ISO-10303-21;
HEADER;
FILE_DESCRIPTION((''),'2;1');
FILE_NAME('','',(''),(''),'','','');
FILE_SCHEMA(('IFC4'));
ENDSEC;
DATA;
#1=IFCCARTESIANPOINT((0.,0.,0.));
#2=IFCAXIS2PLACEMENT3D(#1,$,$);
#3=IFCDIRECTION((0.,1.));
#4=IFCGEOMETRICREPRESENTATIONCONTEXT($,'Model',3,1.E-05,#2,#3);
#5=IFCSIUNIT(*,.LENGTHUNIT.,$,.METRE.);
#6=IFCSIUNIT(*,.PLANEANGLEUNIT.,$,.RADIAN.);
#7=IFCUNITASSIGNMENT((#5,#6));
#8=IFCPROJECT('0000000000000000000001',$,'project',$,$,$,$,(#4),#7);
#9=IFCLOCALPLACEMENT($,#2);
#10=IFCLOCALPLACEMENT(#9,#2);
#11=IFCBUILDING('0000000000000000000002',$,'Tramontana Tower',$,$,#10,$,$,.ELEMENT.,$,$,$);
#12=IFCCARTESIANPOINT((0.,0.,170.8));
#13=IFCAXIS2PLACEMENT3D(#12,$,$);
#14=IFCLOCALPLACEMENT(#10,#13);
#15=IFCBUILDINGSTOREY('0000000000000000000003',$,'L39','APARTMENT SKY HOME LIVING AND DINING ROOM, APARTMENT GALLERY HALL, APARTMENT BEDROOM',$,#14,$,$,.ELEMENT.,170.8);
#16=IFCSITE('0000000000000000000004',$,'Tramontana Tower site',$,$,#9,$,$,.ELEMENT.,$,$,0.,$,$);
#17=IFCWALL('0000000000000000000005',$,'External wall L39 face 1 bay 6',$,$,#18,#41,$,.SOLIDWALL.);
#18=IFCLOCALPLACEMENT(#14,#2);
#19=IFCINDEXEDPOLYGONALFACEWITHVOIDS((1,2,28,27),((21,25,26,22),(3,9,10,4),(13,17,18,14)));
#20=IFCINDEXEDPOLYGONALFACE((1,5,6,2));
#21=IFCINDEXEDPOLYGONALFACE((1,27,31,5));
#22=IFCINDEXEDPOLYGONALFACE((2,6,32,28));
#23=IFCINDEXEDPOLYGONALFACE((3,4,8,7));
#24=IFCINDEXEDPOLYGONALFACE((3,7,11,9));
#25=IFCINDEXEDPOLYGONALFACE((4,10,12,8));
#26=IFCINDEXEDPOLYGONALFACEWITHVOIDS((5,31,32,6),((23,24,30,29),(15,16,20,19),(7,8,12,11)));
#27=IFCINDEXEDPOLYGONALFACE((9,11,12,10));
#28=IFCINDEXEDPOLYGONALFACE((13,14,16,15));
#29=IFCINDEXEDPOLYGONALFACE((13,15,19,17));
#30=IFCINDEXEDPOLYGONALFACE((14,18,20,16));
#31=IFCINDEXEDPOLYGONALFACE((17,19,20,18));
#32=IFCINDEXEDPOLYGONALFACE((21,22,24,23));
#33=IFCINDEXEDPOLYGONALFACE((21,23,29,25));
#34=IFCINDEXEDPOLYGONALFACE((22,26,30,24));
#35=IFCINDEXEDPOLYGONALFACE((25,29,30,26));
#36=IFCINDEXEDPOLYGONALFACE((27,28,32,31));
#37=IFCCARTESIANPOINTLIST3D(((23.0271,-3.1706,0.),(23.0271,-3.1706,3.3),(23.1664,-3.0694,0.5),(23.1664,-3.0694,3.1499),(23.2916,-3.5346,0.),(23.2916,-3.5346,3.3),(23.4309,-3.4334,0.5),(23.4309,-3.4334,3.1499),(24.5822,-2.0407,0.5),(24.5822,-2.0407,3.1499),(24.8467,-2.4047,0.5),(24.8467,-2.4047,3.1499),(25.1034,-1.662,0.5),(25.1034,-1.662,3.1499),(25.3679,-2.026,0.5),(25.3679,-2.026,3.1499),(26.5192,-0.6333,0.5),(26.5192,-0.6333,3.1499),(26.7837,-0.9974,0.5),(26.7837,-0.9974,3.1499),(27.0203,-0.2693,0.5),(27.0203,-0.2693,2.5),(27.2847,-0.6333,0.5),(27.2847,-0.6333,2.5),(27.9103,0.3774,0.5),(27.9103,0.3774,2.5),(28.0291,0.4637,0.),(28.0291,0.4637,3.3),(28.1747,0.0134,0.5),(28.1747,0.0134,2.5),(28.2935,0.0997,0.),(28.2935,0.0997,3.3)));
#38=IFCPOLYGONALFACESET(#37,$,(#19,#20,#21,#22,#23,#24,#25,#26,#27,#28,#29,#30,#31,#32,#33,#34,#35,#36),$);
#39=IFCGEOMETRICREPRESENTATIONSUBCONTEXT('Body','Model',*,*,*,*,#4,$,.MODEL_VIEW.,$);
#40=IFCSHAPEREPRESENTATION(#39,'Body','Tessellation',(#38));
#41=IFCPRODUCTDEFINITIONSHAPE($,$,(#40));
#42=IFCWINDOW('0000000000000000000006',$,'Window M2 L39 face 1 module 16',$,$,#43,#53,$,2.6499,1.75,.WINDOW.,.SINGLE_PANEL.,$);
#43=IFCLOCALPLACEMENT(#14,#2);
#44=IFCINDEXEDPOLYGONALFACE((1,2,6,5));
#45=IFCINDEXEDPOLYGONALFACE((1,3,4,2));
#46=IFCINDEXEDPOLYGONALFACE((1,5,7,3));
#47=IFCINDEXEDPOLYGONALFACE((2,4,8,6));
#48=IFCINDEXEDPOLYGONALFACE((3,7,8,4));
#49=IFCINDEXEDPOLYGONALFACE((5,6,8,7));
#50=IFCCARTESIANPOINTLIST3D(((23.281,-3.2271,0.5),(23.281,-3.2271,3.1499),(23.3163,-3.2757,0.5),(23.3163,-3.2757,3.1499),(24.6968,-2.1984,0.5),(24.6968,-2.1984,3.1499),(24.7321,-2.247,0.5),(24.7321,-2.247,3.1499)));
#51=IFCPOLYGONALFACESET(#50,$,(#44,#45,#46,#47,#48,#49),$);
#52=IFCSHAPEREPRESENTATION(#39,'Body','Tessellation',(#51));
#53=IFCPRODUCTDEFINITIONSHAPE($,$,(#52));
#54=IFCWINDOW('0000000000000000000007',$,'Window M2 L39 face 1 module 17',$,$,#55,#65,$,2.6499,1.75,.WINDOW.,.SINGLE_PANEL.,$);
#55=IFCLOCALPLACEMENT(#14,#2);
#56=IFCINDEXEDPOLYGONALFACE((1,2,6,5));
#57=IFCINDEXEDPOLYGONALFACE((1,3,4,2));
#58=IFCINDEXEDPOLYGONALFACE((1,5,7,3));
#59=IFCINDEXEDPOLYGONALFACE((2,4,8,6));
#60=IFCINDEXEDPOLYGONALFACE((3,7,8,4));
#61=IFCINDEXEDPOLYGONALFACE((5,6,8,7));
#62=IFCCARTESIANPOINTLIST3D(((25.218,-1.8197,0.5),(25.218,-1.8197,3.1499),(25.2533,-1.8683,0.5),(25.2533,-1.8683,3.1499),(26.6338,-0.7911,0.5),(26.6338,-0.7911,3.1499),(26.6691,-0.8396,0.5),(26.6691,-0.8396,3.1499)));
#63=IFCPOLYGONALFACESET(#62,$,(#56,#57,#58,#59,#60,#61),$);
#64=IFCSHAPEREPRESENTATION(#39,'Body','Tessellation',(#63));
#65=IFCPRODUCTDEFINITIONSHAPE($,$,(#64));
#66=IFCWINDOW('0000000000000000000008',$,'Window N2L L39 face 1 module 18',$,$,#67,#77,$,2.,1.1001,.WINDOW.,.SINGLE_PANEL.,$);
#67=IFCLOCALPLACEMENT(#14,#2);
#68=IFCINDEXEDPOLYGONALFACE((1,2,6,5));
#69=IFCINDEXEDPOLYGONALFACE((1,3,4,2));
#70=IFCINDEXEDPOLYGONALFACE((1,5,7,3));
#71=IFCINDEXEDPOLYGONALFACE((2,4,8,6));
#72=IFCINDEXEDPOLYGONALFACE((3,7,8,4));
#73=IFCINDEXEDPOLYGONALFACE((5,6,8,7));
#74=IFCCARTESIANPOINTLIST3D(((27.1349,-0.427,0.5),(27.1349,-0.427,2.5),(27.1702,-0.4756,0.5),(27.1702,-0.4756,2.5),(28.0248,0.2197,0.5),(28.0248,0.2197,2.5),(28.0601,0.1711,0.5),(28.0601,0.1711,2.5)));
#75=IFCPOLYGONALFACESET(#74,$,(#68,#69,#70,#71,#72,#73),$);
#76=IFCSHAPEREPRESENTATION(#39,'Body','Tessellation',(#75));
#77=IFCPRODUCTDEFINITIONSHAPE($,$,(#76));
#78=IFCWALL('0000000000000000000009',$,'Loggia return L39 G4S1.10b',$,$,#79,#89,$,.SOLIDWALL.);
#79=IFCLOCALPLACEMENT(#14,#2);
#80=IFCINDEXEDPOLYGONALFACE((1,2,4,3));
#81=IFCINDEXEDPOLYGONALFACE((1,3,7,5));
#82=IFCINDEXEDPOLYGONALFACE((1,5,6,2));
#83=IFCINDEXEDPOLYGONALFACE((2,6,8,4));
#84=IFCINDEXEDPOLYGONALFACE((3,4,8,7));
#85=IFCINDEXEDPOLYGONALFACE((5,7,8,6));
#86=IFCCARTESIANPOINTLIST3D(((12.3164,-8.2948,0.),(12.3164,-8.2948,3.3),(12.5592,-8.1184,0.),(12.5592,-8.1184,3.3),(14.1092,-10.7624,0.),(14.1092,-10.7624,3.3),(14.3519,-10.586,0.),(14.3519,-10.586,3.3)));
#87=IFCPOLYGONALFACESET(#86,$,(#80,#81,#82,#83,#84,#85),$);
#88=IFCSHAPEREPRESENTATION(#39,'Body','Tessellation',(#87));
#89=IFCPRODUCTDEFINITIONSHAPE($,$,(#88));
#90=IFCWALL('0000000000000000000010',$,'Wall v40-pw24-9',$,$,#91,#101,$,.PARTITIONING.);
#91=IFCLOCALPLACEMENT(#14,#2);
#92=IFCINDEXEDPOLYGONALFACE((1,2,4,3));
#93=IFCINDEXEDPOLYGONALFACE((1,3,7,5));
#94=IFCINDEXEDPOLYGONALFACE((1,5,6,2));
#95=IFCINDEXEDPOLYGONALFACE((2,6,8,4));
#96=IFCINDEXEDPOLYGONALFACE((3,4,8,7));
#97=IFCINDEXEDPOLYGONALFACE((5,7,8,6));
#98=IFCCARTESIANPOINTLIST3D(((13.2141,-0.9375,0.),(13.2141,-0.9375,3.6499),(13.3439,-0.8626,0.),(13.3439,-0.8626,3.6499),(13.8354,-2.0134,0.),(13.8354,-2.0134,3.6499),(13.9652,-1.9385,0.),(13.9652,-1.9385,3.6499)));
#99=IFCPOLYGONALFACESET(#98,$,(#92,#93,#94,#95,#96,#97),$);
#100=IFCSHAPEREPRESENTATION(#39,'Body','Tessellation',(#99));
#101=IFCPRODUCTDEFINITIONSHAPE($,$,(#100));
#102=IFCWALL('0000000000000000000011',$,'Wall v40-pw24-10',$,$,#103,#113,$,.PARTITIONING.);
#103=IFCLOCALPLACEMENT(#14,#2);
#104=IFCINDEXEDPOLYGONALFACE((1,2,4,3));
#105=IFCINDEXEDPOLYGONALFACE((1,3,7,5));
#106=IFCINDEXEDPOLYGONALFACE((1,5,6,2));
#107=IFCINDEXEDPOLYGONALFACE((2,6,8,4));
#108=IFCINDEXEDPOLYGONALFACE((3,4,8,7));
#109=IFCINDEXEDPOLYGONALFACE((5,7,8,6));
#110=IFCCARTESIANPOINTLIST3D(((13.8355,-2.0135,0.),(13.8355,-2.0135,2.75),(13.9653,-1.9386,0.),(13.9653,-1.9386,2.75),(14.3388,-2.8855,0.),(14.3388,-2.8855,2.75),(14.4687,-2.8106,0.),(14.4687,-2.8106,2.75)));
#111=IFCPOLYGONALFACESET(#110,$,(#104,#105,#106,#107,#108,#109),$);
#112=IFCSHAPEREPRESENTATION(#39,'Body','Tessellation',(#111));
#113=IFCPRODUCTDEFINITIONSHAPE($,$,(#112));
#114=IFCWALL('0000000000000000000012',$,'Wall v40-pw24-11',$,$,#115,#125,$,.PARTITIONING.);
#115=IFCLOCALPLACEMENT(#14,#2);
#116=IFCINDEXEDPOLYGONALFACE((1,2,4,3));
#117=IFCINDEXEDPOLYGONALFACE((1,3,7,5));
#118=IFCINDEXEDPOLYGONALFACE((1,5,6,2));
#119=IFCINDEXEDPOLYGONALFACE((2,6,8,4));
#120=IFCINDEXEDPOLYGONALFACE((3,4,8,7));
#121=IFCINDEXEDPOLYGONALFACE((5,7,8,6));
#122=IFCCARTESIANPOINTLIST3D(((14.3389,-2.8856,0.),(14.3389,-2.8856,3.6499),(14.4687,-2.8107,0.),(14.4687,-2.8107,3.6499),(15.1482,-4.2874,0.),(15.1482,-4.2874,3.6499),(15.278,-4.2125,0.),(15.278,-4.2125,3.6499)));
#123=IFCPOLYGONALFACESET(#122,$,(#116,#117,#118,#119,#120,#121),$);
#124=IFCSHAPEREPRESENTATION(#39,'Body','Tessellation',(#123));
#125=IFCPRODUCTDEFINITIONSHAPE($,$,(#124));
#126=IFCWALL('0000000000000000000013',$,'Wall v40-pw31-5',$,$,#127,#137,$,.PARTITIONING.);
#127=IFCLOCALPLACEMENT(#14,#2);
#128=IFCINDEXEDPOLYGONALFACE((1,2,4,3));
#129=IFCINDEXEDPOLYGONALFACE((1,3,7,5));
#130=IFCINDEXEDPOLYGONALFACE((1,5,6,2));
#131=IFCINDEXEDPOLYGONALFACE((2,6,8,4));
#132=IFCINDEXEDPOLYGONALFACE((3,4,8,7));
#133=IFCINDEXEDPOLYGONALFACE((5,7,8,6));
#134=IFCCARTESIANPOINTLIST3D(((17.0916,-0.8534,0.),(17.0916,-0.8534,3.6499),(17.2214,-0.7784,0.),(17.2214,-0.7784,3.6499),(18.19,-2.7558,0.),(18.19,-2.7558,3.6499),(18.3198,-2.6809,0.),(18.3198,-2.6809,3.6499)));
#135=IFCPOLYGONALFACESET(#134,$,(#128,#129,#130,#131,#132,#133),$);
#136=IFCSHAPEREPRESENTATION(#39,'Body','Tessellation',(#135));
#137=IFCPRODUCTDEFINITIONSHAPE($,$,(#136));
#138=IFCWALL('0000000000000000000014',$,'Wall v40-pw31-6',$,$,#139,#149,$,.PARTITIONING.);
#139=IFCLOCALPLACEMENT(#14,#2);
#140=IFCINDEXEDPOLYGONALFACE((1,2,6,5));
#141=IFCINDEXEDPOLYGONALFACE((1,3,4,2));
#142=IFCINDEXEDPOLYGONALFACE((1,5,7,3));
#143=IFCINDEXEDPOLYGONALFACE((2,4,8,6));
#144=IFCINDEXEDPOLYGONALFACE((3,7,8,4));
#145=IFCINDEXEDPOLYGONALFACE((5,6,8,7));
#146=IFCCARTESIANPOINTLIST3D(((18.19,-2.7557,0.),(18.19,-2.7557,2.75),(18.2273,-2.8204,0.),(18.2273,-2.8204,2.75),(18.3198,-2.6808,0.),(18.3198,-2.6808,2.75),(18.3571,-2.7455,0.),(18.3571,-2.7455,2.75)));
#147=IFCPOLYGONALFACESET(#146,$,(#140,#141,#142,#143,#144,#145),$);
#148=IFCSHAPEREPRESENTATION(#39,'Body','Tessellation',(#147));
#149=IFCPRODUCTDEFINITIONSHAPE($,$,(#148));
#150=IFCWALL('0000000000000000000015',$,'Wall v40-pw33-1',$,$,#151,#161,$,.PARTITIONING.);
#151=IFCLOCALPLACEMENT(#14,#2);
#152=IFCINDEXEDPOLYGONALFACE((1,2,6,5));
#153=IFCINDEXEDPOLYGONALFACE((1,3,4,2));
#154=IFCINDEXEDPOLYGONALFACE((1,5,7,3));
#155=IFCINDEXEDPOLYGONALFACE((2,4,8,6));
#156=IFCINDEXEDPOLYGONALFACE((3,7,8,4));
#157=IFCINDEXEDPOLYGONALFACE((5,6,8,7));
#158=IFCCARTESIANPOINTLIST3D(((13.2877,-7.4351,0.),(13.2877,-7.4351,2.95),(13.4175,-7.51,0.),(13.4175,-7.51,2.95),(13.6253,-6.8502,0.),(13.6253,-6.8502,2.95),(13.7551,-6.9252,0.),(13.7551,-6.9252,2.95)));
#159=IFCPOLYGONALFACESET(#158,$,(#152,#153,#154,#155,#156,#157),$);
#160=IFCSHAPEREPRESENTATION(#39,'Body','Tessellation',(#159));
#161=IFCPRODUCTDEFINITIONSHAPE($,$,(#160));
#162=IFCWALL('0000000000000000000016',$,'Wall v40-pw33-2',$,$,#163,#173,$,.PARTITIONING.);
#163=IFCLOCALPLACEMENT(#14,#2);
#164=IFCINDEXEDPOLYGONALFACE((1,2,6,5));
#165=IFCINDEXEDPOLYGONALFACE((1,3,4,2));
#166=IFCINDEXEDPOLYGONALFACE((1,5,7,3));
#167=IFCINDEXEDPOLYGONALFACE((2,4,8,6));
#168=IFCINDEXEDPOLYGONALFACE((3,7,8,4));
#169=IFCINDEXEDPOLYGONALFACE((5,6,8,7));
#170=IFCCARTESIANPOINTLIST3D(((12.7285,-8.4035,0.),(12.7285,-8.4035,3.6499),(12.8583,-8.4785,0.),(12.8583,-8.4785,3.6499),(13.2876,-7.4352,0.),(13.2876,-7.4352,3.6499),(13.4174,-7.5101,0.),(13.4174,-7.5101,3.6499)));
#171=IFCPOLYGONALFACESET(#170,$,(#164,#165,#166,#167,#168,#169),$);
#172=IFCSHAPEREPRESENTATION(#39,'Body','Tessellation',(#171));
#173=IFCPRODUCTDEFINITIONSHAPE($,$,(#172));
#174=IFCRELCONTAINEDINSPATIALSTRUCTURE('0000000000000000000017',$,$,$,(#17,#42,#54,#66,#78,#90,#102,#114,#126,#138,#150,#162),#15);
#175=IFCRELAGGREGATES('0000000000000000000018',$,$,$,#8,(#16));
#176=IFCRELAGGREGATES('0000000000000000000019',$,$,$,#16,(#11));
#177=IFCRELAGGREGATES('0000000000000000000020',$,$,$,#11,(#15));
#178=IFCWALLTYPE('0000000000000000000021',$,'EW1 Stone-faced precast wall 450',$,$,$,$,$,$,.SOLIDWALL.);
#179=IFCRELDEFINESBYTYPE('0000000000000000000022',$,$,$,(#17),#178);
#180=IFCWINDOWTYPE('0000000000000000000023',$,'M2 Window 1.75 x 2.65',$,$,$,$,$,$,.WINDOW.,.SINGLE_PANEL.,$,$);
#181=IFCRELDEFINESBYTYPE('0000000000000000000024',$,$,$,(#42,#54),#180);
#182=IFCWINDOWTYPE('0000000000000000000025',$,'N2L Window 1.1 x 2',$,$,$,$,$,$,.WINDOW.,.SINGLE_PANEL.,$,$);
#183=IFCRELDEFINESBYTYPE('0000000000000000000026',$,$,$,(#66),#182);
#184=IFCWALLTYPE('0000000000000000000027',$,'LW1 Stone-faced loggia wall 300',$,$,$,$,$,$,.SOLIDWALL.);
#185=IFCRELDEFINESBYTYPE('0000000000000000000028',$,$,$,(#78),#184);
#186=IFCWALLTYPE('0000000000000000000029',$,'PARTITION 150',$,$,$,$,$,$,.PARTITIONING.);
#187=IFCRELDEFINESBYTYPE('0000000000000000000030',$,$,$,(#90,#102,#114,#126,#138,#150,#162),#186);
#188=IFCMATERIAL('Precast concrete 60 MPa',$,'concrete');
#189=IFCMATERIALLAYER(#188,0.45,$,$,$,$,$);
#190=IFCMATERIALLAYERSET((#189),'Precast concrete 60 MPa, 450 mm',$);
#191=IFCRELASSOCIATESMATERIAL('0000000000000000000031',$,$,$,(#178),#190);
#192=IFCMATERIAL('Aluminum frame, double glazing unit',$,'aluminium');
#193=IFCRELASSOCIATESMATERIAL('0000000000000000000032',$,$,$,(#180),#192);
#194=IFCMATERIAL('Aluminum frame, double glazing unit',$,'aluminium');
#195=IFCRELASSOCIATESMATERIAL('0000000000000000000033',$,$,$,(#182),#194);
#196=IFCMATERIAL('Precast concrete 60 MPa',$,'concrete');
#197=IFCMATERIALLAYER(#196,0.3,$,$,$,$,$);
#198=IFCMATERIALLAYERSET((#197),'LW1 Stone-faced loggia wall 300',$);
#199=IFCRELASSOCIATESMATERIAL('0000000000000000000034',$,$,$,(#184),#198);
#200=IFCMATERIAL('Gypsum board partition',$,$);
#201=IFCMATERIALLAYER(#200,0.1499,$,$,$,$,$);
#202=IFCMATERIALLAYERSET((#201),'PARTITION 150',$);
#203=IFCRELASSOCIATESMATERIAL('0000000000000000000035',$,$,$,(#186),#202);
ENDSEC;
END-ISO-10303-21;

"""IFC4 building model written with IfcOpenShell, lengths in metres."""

from ifc_helpers import new_model, si_unit, direction, frame, frame_2d, origin, place, context, subcontext, project, spatial, rectangle, extrude, material, layer, layer_set, type_object, element, fill, save


model = new_model("IFC4")

# Units and contexts
model_context = context("Model", 3, precision=1e-05, world=origin(), true_north=direction((0.0, 1.0)))
body_context = subcontext(model_context, "Body", "Model", "MODEL_VIEW")
ifc_project = project(units=[si_unit("LENGTHUNIT", "METRE"), si_unit("PLANEANGLEUNIT", "RADIAN")], contexts=[model_context])

# Site, building, storey
site_placement = place(None, origin())
site = spatial("IfcSite", under=ifc_project, at=site_placement, Name="Tramontana Tower site", CompositionType="ELEMENT", RefElevation=0.0)
building_placement = place(site_placement, origin())
building = spatial("IfcBuilding", under=site, at=building_placement, Name="Tramontana Tower", CompositionType="ELEMENT")
storey_placement = place(building_placement, frame((0.0, 0.0, 170.8)))
storey = spatial("IfcBuildingStorey", under=building, at=storey_placement, Name="L39", Description="APARTMENT SKY HOME LIVING AND DINING ROOM, APARTMENT GALLERY HALL, APARTMENT BEDROOM", CompositionType="ELEMENT", Elevation=170.8)

# Shared definitions
ifc_material_1 = material(Name="Precast concrete 60 MPa", Category="concrete")
ifc_layer_1 = layer(ifc_material_1, 0.45)
ifc_layer_set_1 = layer_set([ifc_layer_1], Name="Precast concrete 60 MPa, 450 mm")
wall_type_1 = type_object("IfcWallType", Name="EW1 Stone-faced precast wall 450", PredefinedType="SOLIDWALL", material=ifc_layer_set_1)
ifc_material_2 = material(Name="Aluminum frame, double glazing unit", Category="aluminium")
window_type_1 = type_object("IfcWindowType", Name="M2 Window 1.75 x 2.65", PartitioningType="SINGLE_PANEL", PredefinedType="WINDOW", material=ifc_material_2)

# Wall, openings, windows
wall_1_placement = place(storey_placement, frame((23.1594, -3.3525, 0.0), z_axis=(0.0, 0.0, 1.0), x_axis=(0.809006, 0.587801, 0.0)))
wall_1 = element("IfcWall", 1, at=wall_1_placement, inside=storey, type_object=wall_type_1, Name="External wall L39 face 1 bay 6", PredefinedType="SOLIDWALL", context=body_context, shape_type="SweptSolid", body=[
    extrude(rectangle(XDim=6.1829, YDim=0.45, at=frame_2d((3.0913, 0.0))), origin(), (0.0, 0.0, 1.0), 3.3),
])
opening_1_placement = place(wall_1_placement, frame((0.1721, 0.0, 0.5)))
opening_1 = element("IfcOpeningElement", 2, at=opening_1_placement, cuts=wall_1, PredefinedType="OPENING", context=body_context, shape_type="SweptSolid", body=[
    extrude(rectangle(XDim=1.75, YDim=2.6499, at=frame_2d((0.875, 1.325))), frame((0.0, 0.2349, 0.0), z_axis=(0.0, -1.0, 0.0), x_axis=(1.0, 0.0, 0.0)), (0.0, 0.0, 1.0), 0.47),
])
opening_2_placement = place(wall_1_placement, frame((2.5664, 0.0, 0.5)))
opening_2 = element("IfcOpeningElement", 3, at=opening_2_placement, cuts=wall_1, PredefinedType="OPENING", context=body_context, shape_type="SweptSolid", body=[
    extrude(rectangle(XDim=1.75, YDim=2.6499, at=frame_2d((0.875, 1.325))), frame((0.0, 0.2349, 0.0), z_axis=(0.0, -1.0, 0.0), x_axis=(1.0, 0.0, 0.0)), (0.0, 0.0, 1.0), 0.47),
])
opening_3_placement = place(wall_1_placement, frame((4.9358, 0.0, 0.5)))
opening_3 = element("IfcOpeningElement", 4, at=opening_3_placement, cuts=wall_1, PredefinedType="OPENING", context=body_context, shape_type="SweptSolid", body=[
    extrude(rectangle(XDim=1.1001, YDim=2.0, at=frame_2d((0.55, 1.0))), frame((0.0, 0.2349, 0.0), z_axis=(0.0, -1.0, 0.0), x_axis=(1.0, 0.0, 0.0)), (0.0, 0.0, 1.0), 0.47),
])
window_1_placement = place(opening_1_placement, origin())
window_1 = element("IfcWindow", 5, at=window_1_placement, inside=storey, type_object=window_type_1, Name="Window M2 L39 face 1 module 16", OverallHeight=2.6499, OverallWidth=1.75, PartitioningType="SINGLE_PANEL", PredefinedType="WINDOW", context=body_context, shape_type="SweptSolid", body=[
    extrude(rectangle(XDim=1.75, YDim=2.6499, at=frame_2d((0.875, 1.325))), frame((0.0, 0.03, 0.0), z_axis=(0.0, -1.0, 0.0), x_axis=(1.0, 0.0, 0.0)), (0.0, 0.0, 1.0), 0.0601),
])
fill(opening_1, window_1)
window_2_placement = place(opening_2_placement, origin())
window_2 = element("IfcWindow", 6, at=window_2_placement, inside=storey, type_object=window_type_1, Name="Window M2 L39 face 1 module 17", OverallHeight=2.6499, OverallWidth=1.75, PartitioningType="SINGLE_PANEL", PredefinedType="WINDOW", context=body_context, shape_type="SweptSolid", body=[
    extrude(rectangle(XDim=1.75, YDim=2.6499, at=frame_2d((0.875, 1.325))), frame((0.0, 0.03, 0.0), z_axis=(0.0, -1.0, 0.0), x_axis=(1.0, 0.0, 0.0)), (0.0, 0.0, 1.0), 0.0601),
])
fill(opening_2, window_2)
ifc_material_3 = material(Name="Aluminum frame, double glazing unit", Category="aluminium")
window_type_2 = type_object("IfcWindowType", Name="N2L Window 1.1 x 2", PartitioningType="SINGLE_PANEL", PredefinedType="WINDOW", material=ifc_material_3)
window_3_placement = place(opening_3_placement, origin())
window_3 = element("IfcWindow", 7, at=window_3_placement, inside=storey, type_object=window_type_2, Name="Window N2L L39 face 1 module 18", OverallHeight=2.0, OverallWidth=1.1001, PartitioningType="SINGLE_PANEL", PredefinedType="WINDOW", context=body_context, shape_type="SweptSolid", body=[
    extrude(rectangle(XDim=1.1001, YDim=2.0, at=frame_2d((0.55, 1.0))), frame((0.0, 0.03, 0.0), z_axis=(0.0, -1.0, 0.0), x_axis=(1.0, 0.0, 0.0)), (0.0, 0.0, 1.0), 0.0601),
])
fill(opening_3, window_3)

# Walls
ifc_material_4 = material(Name="Precast concrete 60 MPa", Category="concrete")
ifc_layer_2 = layer(ifc_material_4, 0.3)
ifc_layer_set_2 = layer_set([ifc_layer_2], Name="LW1 Stone-faced loggia wall 300")
wall_type_2 = type_object("IfcWallType", Name="LW1 Stone-faced loggia wall 300", PredefinedType="SOLIDWALL", material=ifc_layer_set_2)
wall_2_placement = place(storey_placement, frame((14.2305, -10.6741, 0.0), z_axis=(0.0, 0.0, 1.0), x_axis=(-0.587777, 0.809023, 0.0)))
element("IfcWall", 8, at=wall_2_placement, inside=storey, type_object=wall_type_2, Name="Loggia return L39 G4S1.10b", PredefinedType="SOLIDWALL", context=body_context, shape_type="SweptSolid", body=[
    extrude(rectangle(XDim=3.05, YDim=0.3, at=frame_2d((1.5249, 0.0))), origin(), (0.0, 0.0, 1.0), 3.3),
])
ifc_material_5 = material(Name="Gypsum board partition")
ifc_layer_3 = layer(ifc_material_5, 0.1499)
ifc_layer_set_3 = layer_set([ifc_layer_3], Name="PARTITION 150")
wall_type_3 = type_object("IfcWallType", Name="PARTITION 150", PredefinedType="PARTITIONING", material=ifc_layer_set_3)
wall_3_placement = place(storey_placement, frame((13.2791, -0.9001, 0.0), z_axis=(0.0, 0.0, 1.0), x_axis=(0.500091, -0.865973, 0.0)))
element("IfcWall", 9, at=wall_3_placement, inside=storey, type_object=wall_type_3, Name="Wall v40-pw24-9", PredefinedType="PARTITIONING", context=body_context, shape_type="SweptSolid", body=[
    extrude(rectangle(XDim=1.2424, YDim=0.1499, at=frame_2d((0.6211, 0.0))), origin(), (0.0, 0.0, 1.0), 3.6499),
])
wall_4_placement = place(storey_placement, frame((13.9004, -1.9761, 0.0), z_axis=(0.0, 0.0, 1.0), x_axis=(0.499946, -0.866056, 0.0)))
element("IfcWall", 10, at=wall_4_placement, inside=storey, type_object=wall_type_3, Name="Wall v40-pw24-10", PredefinedType="PARTITIONING", context=body_context, shape_type="SweptSolid", body=[
    extrude(rectangle(XDim=1.0068, YDim=0.1499, at=frame_2d((0.5034, 0.0))), origin(), (0.0, 0.0, 1.0), 2.75),
])
wall_5_placement = place(storey_placement, frame((14.4038, -2.8481, 0.0), z_axis=(0.0, 0.0, 1.0), x_axis=(0.499984, -0.866035, 0.0)))
element("IfcWall", 11, at=wall_5_placement, inside=storey, type_object=wall_type_3, Name="Wall v40-pw24-11", PredefinedType="PARTITIONING", context=body_context, shape_type="SweptSolid", body=[
    extrude(rectangle(XDim=1.6187, YDim=0.1499, at=frame_2d((0.8093, 0.0))), origin(), (0.0, 0.0, 1.0), 3.6499),
])
wall_6_placement = place(storey_placement, frame((17.1565, -0.8159, 0.0), z_axis=(0.0, 0.0, 1.0), x_axis=(0.500024, -0.866012, 0.0)))
element("IfcWall", 12, at=wall_6_placement, inside=storey, type_object=wall_type_3, Name="Wall v40-pw31-5", PredefinedType="PARTITIONING", context=body_context, shape_type="SweptSolid", body=[
    extrude(rectangle(XDim=2.1968, YDim=0.1499, at=frame_2d((1.0984, 0.0))), origin(), (0.0, 0.0, 1.0), 3.6499),
])
wall_7_placement = place(storey_placement, frame((18.2549, -2.7183, 0.0), z_axis=(0.0, 0.0, 1.0), x_axis=(0.500005, -0.866022, 0.0)))
element("IfcWall", 13, at=wall_7_placement, inside=storey, type_object=wall_type_3, Name="Wall v40-pw31-6", PredefinedType="PARTITIONING", context=body_context, shape_type="SweptSolid", body=[
    extrude(rectangle(XDim=0.0747, YDim=0.1499, at=frame_2d((0.0374, 0.0))), origin(), (0.0, 0.0, 1.0), 2.75),
])

# Walls
wall_8_placement = place(storey_placement, frame((13.6902, -6.8877, 0.0), z_axis=(0.0, 0.0, 1.0), x_axis=(-0.49991, -0.866077, 0.0)))
element("IfcWall", 14, at=wall_8_placement, inside=storey, type_object=wall_type_3, Name="Wall v40-pw33-1", PredefinedType="PARTITIONING", context=body_context, shape_type="SweptSolid", body=[
    extrude(rectangle(XDim=0.6753, YDim=0.1499, at=frame_2d((0.3376, 0.0))), origin(), (0.0, 0.0, 1.0), 2.95),
])
wall_9_placement = place(storey_placement, frame((13.3525, -7.4727, 0.0), z_axis=(0.0, 0.0, 1.0), x_axis=(-0.500037, -0.866004, 0.0)))
element("IfcWall", 15, at=wall_9_placement, inside=storey, type_object=wall_type_3, Name="Wall v40-pw33-2", PredefinedType="PARTITIONING", context=body_context, shape_type="SweptSolid", body=[
    extrude(rectangle(XDim=1.1182, YDim=0.1499, at=frame_2d((0.5591, 0.0))), origin(), (0.0, 0.0, 1.0), 3.6499),
])

save(model, "model.ifc")
